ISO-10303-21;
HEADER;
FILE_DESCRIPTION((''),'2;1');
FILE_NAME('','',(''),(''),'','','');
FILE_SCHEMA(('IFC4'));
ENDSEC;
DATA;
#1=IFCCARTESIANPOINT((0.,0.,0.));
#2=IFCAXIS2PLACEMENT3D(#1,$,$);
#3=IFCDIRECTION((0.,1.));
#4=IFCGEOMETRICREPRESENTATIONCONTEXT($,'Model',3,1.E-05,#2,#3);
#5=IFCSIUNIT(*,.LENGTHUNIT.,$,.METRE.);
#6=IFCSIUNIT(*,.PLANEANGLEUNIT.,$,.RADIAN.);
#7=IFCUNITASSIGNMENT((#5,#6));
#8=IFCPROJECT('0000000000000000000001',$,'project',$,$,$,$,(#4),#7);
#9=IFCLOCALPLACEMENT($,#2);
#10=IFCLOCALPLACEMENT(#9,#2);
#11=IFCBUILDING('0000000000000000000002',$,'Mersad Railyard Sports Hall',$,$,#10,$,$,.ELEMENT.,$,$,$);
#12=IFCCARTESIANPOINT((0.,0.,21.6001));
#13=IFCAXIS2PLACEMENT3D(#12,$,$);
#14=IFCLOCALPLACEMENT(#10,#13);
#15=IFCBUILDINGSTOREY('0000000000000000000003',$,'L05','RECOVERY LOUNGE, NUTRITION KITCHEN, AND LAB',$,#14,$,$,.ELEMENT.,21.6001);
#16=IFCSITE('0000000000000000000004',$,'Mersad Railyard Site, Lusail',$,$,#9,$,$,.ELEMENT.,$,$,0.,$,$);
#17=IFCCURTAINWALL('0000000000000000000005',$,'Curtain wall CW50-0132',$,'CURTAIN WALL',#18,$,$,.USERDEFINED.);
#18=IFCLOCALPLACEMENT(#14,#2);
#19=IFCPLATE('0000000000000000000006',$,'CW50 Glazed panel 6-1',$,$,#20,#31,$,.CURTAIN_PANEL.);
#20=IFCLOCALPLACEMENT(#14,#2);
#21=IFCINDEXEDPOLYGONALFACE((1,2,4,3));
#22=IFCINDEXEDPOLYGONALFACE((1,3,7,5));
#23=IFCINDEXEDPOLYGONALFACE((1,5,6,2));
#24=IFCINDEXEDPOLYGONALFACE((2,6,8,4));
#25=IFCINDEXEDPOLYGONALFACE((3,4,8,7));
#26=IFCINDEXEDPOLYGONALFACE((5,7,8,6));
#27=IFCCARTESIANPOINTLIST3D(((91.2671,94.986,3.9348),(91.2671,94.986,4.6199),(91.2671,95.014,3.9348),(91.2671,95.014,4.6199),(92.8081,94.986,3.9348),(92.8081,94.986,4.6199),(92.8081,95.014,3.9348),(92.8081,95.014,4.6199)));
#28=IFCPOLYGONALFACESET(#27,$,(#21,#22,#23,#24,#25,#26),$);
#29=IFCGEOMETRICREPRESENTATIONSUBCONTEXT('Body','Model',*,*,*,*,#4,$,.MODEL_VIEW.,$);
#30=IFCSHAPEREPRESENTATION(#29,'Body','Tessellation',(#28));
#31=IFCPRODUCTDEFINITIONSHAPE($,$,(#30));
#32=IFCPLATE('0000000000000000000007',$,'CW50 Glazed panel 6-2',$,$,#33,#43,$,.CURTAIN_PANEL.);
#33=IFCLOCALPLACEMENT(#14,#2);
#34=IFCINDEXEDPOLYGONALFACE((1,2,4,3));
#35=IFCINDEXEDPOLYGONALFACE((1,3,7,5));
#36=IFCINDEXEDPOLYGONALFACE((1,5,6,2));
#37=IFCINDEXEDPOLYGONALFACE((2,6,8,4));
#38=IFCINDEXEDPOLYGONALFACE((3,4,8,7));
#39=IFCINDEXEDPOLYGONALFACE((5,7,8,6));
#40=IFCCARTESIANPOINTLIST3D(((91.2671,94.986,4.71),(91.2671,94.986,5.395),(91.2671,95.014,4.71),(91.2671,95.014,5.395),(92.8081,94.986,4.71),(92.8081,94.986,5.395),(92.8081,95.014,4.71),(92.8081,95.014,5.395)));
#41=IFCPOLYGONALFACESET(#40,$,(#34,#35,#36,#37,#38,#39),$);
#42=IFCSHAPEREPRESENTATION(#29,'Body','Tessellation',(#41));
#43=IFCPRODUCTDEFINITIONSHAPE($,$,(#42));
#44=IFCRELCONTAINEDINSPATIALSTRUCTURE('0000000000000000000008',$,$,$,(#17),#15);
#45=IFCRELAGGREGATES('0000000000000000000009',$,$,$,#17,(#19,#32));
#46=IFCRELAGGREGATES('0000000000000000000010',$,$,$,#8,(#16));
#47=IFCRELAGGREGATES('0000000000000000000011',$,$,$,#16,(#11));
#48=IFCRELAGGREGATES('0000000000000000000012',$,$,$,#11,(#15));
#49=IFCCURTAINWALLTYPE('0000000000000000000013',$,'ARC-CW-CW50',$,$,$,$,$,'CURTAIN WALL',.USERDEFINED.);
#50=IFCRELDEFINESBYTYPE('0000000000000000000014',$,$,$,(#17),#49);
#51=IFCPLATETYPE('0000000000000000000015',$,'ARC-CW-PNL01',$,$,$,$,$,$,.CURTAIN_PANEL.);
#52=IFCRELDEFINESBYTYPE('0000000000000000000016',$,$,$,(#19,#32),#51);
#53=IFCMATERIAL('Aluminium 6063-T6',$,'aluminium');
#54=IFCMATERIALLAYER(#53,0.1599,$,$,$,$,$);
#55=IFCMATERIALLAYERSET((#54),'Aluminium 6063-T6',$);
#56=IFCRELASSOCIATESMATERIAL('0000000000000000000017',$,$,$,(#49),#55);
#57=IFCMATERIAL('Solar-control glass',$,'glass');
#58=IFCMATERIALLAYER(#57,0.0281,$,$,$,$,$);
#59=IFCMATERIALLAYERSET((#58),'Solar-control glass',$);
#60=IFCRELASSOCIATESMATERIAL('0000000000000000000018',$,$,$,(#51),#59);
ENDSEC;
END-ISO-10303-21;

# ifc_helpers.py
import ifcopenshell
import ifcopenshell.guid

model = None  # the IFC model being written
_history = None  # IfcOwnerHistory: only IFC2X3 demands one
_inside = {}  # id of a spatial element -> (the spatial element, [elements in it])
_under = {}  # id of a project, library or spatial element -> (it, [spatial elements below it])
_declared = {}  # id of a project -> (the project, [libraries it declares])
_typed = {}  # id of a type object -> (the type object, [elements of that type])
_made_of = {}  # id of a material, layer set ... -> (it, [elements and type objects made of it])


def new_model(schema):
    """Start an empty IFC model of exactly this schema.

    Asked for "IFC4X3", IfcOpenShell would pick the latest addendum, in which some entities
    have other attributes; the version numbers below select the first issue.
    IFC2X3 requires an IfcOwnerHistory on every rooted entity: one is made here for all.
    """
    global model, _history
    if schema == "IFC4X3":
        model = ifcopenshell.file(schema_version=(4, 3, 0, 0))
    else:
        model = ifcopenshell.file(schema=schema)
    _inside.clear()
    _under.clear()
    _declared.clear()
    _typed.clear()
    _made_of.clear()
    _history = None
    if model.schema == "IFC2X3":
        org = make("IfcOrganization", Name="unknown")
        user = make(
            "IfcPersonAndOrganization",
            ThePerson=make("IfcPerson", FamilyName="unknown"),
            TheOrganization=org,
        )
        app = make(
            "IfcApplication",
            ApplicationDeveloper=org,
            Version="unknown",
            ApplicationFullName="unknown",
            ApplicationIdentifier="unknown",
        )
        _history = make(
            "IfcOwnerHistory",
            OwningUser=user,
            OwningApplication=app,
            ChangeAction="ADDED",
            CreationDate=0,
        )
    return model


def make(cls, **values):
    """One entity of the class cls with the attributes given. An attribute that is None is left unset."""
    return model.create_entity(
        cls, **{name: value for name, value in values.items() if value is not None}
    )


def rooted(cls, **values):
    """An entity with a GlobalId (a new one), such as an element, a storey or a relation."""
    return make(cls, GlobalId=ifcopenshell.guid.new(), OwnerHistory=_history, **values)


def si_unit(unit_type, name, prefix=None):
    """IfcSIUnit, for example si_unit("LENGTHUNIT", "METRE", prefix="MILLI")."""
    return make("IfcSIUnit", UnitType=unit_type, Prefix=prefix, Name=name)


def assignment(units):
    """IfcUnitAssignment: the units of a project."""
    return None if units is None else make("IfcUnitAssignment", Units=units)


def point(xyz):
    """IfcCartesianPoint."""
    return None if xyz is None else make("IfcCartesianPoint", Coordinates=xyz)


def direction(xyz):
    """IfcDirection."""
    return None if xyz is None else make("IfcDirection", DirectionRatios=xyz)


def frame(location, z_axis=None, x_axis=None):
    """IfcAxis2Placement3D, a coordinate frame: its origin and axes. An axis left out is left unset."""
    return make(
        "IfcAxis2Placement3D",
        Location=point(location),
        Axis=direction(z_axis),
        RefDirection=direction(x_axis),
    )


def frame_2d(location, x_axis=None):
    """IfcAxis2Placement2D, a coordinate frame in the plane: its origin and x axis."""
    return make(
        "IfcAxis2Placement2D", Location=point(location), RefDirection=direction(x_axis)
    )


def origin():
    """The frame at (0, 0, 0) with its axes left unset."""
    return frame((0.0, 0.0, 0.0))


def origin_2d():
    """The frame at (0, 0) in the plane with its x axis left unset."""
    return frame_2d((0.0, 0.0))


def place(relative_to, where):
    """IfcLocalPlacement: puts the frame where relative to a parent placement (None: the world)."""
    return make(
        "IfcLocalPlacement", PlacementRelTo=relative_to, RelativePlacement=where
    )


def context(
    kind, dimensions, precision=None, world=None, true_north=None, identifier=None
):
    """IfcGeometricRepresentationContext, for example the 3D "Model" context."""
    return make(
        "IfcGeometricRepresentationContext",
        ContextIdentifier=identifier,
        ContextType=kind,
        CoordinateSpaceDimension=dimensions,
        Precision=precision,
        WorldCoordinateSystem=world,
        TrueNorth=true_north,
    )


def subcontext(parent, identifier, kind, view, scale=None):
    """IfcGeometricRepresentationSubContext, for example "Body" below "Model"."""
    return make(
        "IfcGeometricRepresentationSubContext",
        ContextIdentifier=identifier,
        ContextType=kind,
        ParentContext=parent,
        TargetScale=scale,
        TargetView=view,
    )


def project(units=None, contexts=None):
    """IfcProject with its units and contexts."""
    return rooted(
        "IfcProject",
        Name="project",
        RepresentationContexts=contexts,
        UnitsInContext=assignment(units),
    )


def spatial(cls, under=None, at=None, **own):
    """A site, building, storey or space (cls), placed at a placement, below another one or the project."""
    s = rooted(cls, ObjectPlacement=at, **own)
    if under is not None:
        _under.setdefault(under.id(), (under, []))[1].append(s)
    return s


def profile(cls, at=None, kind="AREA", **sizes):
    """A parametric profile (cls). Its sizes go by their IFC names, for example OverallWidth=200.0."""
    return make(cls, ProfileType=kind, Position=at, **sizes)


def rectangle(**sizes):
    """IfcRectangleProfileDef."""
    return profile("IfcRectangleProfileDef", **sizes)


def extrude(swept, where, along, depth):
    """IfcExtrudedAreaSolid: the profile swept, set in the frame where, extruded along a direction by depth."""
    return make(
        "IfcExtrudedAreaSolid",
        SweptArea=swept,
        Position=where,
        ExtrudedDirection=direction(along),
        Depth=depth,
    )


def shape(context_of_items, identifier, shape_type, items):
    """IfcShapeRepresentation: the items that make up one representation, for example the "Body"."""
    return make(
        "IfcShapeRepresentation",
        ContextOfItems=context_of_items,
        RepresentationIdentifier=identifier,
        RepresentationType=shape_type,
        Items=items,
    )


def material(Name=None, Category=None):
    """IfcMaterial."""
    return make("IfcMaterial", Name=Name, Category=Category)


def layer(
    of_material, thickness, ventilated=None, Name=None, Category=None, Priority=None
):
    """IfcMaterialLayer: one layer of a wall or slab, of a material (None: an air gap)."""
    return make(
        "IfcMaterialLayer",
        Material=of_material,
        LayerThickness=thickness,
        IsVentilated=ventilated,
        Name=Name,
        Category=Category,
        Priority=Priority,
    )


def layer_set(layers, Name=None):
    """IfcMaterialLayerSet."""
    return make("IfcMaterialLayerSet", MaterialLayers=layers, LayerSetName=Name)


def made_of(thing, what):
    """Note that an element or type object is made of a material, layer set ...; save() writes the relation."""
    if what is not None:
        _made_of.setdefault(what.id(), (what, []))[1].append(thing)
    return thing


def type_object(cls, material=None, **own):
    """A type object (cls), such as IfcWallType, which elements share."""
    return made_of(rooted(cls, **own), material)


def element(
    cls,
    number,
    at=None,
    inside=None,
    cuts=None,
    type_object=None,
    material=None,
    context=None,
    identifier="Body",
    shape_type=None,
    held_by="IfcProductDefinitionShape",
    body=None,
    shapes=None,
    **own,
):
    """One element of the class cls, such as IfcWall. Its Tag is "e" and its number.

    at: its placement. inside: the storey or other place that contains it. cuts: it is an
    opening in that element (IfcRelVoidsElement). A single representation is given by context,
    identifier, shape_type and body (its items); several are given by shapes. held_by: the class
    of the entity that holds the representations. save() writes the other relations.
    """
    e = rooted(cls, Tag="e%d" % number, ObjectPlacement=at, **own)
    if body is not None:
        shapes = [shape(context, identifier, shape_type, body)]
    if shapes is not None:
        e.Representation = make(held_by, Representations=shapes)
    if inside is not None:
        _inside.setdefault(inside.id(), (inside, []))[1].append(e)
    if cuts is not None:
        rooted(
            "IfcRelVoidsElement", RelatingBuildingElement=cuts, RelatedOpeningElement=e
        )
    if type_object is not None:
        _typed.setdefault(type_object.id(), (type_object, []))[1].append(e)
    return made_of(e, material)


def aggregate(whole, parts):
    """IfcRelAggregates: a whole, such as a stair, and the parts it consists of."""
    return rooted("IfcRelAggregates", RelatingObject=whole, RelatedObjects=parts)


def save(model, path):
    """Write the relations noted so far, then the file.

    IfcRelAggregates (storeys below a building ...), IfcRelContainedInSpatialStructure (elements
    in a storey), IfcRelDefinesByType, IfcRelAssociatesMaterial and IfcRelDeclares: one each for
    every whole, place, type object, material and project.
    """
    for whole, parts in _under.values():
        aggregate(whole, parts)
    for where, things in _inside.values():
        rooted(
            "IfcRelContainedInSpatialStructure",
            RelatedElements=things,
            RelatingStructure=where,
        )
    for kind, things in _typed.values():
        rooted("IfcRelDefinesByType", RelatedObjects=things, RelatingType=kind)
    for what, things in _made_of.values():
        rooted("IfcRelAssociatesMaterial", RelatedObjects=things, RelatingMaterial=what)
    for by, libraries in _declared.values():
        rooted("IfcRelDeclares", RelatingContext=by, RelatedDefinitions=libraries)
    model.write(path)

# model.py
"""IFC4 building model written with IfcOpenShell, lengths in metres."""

from ifc_helpers import new_model, si_unit, direction, frame, origin, origin_2d, place, context, subcontext, project, spatial, rectangle, extrude, material, layer, layer_set, type_object, element, aggregate, save


model = new_model("IFC4")

# Units and contexts
model_context = context("Model", 3, precision=1e-05, world=origin(), true_north=direction((0.0, 1.0)))
body_context = subcontext(model_context, "Body", "Model", "MODEL_VIEW")
ifc_project = project(units=[si_unit("LENGTHUNIT", "METRE"), si_unit("PLANEANGLEUNIT", "RADIAN")], contexts=[model_context])

# Site, building, storey
site_placement = place(None, origin())
site = spatial("IfcSite", under=ifc_project, at=site_placement, Name="Mersad Railyard Site, Lusail", CompositionType="ELEMENT", RefElevation=0.0)
building_placement = place(site_placement, origin())
building = spatial("IfcBuilding", under=site, at=building_placement, Name="Mersad Railyard Sports Hall", CompositionType="ELEMENT")
storey_placement = place(building_placement, frame((0.0, 0.0, 21.6001)))
storey = spatial("IfcBuildingStorey", under=building, at=storey_placement, Name="L05", Description="RECOVERY LOUNGE, NUTRITION KITCHEN, AND LAB", CompositionType="ELEMENT", Elevation=21.6001)

# Curtain wall
ifc_material_1 = material(Name="Aluminium 6063-T6", Category="aluminium")
ifc_layer_1 = layer(ifc_material_1, 0.1599)
ifc_layer_set_1 = layer_set([ifc_layer_1], Name="Aluminium 6063-T6")
curtain_wall_type = type_object("IfcCurtainWallType", Name="ARC-CW-CW50", ElementType="CURTAIN WALL", PredefinedType="USERDEFINED", material=ifc_layer_set_1)
curtain_wall_placement = place(storey_placement, origin())
curtain_wall = element("IfcCurtainWall", 1, at=curtain_wall_placement, inside=storey, type_object=curtain_wall_type, Name="Curtain wall CW50-0132", ObjectType="CURTAIN WALL", PredefinedType="USERDEFINED")

# Plates
ifc_material_2 = material(Name="Solar-control glass", Category="glass")
ifc_layer_2 = layer(ifc_material_2, 0.0281)
ifc_layer_set_2 = layer_set([ifc_layer_2], Name="Solar-control glass")
plate_type = type_object("IfcPlateType", Name="ARC-CW-PNL01", PredefinedType="CURTAIN_PANEL", material=ifc_layer_set_2)
plate_1_placement = place(storey_placement, frame((92.0376, 95.0, 3.9348), z_axis=(0.0, 0.0, 1.0), x_axis=(-1.0, 0.0, 0.0)))
plate_1 = element("IfcPlate", 2, at=plate_1_placement, type_object=plate_type, Name="CW50 Glazed panel 6-1", PredefinedType="CURTAIN_PANEL", context=body_context, shape_type="SweptSolid", body=[
    extrude(rectangle(XDim=1.541, YDim=0.0281, at=origin_2d()), origin(), (0.0, 0.0, 1.0), 0.6851),
])
plate_2_placement = place(storey_placement, frame((92.0376, 95.0, 4.71), z_axis=(0.0, 0.0, 1.0), x_axis=(-1.0, 0.0, 0.0)))
plate_2 = element("IfcPlate", 3, at=plate_2_placement, type_object=plate_type, Name="CW50 Glazed panel 6-2", PredefinedType="CURTAIN_PANEL", context=body_context, shape_type="SweptSolid", body=[
    extrude(rectangle(XDim=1.541, YDim=0.0281, at=origin_2d()), origin(), (0.0, 0.0, 1.0), 0.6851),
])
aggregate(curtain_wall, [plate_1, plate_2])

save(model, "model.ifc")
